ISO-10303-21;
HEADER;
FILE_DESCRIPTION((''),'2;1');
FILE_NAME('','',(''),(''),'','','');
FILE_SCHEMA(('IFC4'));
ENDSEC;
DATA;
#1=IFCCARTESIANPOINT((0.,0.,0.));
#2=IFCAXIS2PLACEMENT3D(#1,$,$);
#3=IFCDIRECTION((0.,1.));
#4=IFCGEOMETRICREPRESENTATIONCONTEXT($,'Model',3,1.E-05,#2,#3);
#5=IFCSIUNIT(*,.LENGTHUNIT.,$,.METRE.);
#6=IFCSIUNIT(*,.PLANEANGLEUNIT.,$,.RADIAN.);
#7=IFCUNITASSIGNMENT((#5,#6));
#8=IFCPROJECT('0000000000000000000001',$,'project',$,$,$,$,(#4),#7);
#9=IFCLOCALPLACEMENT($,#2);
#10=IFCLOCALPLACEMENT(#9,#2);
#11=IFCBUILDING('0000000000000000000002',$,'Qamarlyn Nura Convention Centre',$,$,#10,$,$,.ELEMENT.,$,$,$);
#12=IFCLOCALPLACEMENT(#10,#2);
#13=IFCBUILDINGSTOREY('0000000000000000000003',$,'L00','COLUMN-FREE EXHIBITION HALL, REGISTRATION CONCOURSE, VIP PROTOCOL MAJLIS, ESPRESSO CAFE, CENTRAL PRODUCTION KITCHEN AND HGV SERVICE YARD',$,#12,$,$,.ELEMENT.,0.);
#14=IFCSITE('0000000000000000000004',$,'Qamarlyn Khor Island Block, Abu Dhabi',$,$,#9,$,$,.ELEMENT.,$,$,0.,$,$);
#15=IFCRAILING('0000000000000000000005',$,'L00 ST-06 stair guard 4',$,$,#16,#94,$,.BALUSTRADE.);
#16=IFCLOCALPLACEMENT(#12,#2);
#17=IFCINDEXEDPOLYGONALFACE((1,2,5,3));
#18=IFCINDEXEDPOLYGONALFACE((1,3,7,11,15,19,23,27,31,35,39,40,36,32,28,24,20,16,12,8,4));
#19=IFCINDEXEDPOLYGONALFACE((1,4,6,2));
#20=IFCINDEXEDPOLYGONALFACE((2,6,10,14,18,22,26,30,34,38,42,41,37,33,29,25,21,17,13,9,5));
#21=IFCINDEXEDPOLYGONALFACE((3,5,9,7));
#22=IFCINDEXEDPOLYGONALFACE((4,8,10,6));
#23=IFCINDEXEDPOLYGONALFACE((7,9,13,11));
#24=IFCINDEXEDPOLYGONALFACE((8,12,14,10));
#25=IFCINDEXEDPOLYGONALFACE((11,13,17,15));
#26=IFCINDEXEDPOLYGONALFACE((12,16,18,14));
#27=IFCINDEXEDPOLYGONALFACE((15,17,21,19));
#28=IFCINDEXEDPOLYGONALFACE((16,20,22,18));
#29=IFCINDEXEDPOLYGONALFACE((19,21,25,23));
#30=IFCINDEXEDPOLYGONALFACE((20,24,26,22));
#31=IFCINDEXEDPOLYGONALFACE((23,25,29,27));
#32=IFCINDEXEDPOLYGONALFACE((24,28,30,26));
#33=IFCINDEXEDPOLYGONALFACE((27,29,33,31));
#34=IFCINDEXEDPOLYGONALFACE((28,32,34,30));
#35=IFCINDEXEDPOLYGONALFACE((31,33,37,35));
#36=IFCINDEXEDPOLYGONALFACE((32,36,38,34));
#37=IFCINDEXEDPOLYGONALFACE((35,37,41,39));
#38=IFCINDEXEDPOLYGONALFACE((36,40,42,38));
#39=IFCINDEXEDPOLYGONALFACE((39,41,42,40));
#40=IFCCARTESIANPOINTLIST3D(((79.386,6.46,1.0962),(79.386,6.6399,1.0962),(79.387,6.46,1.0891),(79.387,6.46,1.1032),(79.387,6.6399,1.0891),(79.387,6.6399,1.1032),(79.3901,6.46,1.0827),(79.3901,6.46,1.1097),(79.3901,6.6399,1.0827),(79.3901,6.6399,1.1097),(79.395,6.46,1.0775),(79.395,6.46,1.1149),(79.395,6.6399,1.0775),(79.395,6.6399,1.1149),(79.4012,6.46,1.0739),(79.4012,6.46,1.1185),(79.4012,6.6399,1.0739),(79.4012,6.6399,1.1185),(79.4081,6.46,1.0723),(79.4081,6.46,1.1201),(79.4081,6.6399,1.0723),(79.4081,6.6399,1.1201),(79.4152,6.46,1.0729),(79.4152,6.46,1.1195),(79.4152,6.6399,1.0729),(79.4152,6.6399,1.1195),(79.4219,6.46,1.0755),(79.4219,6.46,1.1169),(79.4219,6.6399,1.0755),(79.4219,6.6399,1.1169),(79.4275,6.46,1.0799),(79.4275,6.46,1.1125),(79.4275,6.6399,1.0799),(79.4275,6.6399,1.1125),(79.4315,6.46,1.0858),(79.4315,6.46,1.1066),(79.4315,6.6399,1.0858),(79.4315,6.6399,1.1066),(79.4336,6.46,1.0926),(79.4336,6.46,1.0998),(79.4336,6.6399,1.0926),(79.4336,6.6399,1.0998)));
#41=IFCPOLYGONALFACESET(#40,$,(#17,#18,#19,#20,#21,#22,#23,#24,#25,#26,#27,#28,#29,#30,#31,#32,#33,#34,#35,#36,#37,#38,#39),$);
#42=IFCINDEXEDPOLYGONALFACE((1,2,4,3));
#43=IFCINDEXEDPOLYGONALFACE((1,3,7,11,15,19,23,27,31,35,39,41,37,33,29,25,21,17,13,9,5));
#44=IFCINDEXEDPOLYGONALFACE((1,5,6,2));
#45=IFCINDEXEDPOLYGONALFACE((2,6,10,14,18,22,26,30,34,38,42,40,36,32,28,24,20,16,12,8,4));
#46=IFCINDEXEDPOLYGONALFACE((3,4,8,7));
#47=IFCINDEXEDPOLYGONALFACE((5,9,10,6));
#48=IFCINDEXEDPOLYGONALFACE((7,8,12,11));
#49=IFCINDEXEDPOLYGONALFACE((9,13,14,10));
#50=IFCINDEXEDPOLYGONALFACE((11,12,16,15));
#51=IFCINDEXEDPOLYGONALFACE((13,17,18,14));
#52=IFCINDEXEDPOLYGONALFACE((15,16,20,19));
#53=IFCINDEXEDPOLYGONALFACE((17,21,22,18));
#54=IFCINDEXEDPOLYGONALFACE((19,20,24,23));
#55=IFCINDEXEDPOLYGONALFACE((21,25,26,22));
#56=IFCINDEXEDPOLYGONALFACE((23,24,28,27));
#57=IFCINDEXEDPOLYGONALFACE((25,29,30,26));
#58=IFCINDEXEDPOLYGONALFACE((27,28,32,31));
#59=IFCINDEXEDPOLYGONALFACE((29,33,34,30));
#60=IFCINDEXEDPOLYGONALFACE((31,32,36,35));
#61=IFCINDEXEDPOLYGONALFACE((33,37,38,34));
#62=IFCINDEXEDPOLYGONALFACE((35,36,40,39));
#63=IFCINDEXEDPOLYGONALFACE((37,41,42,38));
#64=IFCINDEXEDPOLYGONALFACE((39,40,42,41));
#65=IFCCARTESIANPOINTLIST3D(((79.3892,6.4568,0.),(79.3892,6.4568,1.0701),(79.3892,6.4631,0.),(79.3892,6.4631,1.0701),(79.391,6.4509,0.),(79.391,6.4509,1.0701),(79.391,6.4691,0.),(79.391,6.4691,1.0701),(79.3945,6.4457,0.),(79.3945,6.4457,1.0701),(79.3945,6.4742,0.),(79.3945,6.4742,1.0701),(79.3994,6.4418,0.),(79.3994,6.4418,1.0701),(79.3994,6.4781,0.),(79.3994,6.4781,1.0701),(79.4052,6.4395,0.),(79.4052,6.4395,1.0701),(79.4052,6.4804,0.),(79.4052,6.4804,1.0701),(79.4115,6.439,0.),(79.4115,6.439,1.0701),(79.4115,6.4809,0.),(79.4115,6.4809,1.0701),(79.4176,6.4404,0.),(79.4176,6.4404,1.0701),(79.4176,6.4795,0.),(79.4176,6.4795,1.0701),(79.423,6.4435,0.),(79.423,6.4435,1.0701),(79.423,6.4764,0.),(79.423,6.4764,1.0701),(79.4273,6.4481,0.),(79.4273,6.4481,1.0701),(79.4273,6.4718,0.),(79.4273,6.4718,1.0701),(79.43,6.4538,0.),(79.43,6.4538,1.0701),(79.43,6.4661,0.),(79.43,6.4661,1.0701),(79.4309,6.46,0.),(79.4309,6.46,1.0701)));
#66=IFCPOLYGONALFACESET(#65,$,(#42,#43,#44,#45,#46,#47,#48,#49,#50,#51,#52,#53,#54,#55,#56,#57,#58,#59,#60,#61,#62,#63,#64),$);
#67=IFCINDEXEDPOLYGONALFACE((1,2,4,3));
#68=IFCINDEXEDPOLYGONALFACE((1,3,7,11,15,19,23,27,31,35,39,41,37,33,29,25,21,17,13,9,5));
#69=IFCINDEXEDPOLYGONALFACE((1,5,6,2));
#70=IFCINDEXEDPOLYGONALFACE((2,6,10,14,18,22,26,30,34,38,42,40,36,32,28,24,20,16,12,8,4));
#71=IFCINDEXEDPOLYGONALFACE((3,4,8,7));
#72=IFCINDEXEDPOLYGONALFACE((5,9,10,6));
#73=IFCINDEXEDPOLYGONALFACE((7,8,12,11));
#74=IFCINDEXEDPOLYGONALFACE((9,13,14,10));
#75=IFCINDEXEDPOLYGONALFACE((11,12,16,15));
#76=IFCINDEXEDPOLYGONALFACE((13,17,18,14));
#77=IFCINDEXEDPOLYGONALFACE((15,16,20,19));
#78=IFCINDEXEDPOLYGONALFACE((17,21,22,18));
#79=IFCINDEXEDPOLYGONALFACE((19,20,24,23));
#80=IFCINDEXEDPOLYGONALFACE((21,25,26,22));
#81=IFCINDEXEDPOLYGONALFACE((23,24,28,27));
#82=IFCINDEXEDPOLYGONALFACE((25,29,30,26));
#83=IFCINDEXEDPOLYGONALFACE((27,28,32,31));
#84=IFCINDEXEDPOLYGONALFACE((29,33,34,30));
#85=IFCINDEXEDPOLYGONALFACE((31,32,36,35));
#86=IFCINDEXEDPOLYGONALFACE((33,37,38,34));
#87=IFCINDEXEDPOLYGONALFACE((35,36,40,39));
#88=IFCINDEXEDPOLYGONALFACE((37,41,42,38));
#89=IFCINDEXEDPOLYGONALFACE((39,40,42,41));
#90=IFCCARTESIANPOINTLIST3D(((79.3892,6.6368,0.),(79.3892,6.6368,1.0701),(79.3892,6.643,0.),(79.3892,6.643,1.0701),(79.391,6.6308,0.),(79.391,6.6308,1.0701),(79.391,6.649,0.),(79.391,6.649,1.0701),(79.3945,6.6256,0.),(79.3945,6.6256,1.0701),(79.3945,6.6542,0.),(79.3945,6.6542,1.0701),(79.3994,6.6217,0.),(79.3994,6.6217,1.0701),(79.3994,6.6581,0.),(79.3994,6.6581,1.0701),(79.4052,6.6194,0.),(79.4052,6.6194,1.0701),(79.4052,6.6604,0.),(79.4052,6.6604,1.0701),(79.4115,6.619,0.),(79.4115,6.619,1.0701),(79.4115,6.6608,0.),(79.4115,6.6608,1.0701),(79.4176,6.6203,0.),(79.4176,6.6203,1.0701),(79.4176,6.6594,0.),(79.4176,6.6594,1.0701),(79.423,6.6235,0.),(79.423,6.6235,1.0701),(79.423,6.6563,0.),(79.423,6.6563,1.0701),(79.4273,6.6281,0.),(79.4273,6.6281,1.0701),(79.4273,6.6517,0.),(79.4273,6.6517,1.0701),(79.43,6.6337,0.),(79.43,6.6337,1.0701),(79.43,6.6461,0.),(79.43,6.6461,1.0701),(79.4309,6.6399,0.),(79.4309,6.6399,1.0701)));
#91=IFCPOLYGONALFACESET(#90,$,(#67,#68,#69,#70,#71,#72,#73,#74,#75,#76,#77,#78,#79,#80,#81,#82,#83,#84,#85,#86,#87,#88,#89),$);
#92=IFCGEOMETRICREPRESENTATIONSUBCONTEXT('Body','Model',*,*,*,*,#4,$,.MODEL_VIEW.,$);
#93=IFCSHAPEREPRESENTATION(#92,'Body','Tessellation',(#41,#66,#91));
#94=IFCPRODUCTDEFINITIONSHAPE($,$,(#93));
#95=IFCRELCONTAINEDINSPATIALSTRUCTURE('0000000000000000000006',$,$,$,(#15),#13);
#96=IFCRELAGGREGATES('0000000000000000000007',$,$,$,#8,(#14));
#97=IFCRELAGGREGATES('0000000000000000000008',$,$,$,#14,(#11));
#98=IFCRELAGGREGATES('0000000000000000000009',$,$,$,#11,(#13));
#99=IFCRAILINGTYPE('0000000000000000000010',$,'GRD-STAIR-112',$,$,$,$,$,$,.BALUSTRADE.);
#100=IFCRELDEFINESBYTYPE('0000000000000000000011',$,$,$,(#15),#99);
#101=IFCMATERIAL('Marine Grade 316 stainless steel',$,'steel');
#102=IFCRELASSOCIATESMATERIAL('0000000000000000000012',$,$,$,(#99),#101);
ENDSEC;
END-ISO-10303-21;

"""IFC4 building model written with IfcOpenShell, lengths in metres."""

from ifc_helpers import new_model, si_unit, direction, frame, origin, origin_2d, place, context, subcontext, project, spatial, circle, extrude, material, type_object, element, save


model = new_model("IFC4")

# Units and contexts
model_context = context("Model", 3, precision=1e-05, world=origin(), true_north=direction((0.0, 1.0)))
body_context = subcontext(model_context, "Body", "Model", "MODEL_VIEW")
ifc_project = project(units=[si_unit("LENGTHUNIT", "METRE"), si_unit("PLANEANGLEUNIT", "RADIAN")], contexts=[model_context])

# Site, building, storey
site_placement = place(None, origin())
site = spatial("IfcSite", under=ifc_project, at=site_placement, Name="Qamarlyn Khor Island Block, Abu Dhabi", CompositionType="ELEMENT", RefElevation=0.0)
building_placement = place(site_placement, origin())
building = spatial("IfcBuilding", under=site, at=building_placement, Name="Qamarlyn Nura Convention Centre", CompositionType="ELEMENT")
storey_placement = place(building_placement, origin())
storey = spatial("IfcBuildingStorey", under=building, at=storey_placement, Name="L00", Description="COLUMN-FREE EXHIBITION HALL, REGISTRATION CONCOURSE, VIP PROTOCOL MAJLIS, ESPRESSO CAFE, CENTRAL PRODUCTION KITCHEN AND HGV SERVICE YARD", CompositionType="ELEMENT", Elevation=0.0)

# Railing
ifc_material_1 = material(Name="Marine Grade 316 stainless steel", Category="steel")
railing_type_1 = type_object("IfcRailingType", Name="GRD-STAIR-112", PredefinedType="BALUSTRADE", material=ifc_material_1)
railing_1_placement = place(storey_placement, frame((79.4099, 6.46, 0.0)))
element("IfcRailing", 1, at=railing_1_placement, inside=storey, type_object=railing_type_1, Name="L00 ST-06 stair guard 4", PredefinedType="BALUSTRADE", context=body_context, shape_type="SweptSolid", body=[
    extrude(circle(Radius=0.0239, at=origin_2d()), frame((0.0, 0.0, 1.0962), z_axis=(0.0, 1.0, 0.0), x_axis=(-1.0, 0.0, 0.0)), (0.0, 0.0, 1.0), 0.1799),
    extrude(circle(Radius=0.021, at=origin_2d()), origin(), (0.0, 0.0, 1.0), 1.0701),
    extrude(circle(Radius=0.021, at=origin_2d()), frame((0.0, 0.1799, 0.0)), (0.0, 0.0, 1.0), 1.0701),
])

save(model, "model.ifc")
